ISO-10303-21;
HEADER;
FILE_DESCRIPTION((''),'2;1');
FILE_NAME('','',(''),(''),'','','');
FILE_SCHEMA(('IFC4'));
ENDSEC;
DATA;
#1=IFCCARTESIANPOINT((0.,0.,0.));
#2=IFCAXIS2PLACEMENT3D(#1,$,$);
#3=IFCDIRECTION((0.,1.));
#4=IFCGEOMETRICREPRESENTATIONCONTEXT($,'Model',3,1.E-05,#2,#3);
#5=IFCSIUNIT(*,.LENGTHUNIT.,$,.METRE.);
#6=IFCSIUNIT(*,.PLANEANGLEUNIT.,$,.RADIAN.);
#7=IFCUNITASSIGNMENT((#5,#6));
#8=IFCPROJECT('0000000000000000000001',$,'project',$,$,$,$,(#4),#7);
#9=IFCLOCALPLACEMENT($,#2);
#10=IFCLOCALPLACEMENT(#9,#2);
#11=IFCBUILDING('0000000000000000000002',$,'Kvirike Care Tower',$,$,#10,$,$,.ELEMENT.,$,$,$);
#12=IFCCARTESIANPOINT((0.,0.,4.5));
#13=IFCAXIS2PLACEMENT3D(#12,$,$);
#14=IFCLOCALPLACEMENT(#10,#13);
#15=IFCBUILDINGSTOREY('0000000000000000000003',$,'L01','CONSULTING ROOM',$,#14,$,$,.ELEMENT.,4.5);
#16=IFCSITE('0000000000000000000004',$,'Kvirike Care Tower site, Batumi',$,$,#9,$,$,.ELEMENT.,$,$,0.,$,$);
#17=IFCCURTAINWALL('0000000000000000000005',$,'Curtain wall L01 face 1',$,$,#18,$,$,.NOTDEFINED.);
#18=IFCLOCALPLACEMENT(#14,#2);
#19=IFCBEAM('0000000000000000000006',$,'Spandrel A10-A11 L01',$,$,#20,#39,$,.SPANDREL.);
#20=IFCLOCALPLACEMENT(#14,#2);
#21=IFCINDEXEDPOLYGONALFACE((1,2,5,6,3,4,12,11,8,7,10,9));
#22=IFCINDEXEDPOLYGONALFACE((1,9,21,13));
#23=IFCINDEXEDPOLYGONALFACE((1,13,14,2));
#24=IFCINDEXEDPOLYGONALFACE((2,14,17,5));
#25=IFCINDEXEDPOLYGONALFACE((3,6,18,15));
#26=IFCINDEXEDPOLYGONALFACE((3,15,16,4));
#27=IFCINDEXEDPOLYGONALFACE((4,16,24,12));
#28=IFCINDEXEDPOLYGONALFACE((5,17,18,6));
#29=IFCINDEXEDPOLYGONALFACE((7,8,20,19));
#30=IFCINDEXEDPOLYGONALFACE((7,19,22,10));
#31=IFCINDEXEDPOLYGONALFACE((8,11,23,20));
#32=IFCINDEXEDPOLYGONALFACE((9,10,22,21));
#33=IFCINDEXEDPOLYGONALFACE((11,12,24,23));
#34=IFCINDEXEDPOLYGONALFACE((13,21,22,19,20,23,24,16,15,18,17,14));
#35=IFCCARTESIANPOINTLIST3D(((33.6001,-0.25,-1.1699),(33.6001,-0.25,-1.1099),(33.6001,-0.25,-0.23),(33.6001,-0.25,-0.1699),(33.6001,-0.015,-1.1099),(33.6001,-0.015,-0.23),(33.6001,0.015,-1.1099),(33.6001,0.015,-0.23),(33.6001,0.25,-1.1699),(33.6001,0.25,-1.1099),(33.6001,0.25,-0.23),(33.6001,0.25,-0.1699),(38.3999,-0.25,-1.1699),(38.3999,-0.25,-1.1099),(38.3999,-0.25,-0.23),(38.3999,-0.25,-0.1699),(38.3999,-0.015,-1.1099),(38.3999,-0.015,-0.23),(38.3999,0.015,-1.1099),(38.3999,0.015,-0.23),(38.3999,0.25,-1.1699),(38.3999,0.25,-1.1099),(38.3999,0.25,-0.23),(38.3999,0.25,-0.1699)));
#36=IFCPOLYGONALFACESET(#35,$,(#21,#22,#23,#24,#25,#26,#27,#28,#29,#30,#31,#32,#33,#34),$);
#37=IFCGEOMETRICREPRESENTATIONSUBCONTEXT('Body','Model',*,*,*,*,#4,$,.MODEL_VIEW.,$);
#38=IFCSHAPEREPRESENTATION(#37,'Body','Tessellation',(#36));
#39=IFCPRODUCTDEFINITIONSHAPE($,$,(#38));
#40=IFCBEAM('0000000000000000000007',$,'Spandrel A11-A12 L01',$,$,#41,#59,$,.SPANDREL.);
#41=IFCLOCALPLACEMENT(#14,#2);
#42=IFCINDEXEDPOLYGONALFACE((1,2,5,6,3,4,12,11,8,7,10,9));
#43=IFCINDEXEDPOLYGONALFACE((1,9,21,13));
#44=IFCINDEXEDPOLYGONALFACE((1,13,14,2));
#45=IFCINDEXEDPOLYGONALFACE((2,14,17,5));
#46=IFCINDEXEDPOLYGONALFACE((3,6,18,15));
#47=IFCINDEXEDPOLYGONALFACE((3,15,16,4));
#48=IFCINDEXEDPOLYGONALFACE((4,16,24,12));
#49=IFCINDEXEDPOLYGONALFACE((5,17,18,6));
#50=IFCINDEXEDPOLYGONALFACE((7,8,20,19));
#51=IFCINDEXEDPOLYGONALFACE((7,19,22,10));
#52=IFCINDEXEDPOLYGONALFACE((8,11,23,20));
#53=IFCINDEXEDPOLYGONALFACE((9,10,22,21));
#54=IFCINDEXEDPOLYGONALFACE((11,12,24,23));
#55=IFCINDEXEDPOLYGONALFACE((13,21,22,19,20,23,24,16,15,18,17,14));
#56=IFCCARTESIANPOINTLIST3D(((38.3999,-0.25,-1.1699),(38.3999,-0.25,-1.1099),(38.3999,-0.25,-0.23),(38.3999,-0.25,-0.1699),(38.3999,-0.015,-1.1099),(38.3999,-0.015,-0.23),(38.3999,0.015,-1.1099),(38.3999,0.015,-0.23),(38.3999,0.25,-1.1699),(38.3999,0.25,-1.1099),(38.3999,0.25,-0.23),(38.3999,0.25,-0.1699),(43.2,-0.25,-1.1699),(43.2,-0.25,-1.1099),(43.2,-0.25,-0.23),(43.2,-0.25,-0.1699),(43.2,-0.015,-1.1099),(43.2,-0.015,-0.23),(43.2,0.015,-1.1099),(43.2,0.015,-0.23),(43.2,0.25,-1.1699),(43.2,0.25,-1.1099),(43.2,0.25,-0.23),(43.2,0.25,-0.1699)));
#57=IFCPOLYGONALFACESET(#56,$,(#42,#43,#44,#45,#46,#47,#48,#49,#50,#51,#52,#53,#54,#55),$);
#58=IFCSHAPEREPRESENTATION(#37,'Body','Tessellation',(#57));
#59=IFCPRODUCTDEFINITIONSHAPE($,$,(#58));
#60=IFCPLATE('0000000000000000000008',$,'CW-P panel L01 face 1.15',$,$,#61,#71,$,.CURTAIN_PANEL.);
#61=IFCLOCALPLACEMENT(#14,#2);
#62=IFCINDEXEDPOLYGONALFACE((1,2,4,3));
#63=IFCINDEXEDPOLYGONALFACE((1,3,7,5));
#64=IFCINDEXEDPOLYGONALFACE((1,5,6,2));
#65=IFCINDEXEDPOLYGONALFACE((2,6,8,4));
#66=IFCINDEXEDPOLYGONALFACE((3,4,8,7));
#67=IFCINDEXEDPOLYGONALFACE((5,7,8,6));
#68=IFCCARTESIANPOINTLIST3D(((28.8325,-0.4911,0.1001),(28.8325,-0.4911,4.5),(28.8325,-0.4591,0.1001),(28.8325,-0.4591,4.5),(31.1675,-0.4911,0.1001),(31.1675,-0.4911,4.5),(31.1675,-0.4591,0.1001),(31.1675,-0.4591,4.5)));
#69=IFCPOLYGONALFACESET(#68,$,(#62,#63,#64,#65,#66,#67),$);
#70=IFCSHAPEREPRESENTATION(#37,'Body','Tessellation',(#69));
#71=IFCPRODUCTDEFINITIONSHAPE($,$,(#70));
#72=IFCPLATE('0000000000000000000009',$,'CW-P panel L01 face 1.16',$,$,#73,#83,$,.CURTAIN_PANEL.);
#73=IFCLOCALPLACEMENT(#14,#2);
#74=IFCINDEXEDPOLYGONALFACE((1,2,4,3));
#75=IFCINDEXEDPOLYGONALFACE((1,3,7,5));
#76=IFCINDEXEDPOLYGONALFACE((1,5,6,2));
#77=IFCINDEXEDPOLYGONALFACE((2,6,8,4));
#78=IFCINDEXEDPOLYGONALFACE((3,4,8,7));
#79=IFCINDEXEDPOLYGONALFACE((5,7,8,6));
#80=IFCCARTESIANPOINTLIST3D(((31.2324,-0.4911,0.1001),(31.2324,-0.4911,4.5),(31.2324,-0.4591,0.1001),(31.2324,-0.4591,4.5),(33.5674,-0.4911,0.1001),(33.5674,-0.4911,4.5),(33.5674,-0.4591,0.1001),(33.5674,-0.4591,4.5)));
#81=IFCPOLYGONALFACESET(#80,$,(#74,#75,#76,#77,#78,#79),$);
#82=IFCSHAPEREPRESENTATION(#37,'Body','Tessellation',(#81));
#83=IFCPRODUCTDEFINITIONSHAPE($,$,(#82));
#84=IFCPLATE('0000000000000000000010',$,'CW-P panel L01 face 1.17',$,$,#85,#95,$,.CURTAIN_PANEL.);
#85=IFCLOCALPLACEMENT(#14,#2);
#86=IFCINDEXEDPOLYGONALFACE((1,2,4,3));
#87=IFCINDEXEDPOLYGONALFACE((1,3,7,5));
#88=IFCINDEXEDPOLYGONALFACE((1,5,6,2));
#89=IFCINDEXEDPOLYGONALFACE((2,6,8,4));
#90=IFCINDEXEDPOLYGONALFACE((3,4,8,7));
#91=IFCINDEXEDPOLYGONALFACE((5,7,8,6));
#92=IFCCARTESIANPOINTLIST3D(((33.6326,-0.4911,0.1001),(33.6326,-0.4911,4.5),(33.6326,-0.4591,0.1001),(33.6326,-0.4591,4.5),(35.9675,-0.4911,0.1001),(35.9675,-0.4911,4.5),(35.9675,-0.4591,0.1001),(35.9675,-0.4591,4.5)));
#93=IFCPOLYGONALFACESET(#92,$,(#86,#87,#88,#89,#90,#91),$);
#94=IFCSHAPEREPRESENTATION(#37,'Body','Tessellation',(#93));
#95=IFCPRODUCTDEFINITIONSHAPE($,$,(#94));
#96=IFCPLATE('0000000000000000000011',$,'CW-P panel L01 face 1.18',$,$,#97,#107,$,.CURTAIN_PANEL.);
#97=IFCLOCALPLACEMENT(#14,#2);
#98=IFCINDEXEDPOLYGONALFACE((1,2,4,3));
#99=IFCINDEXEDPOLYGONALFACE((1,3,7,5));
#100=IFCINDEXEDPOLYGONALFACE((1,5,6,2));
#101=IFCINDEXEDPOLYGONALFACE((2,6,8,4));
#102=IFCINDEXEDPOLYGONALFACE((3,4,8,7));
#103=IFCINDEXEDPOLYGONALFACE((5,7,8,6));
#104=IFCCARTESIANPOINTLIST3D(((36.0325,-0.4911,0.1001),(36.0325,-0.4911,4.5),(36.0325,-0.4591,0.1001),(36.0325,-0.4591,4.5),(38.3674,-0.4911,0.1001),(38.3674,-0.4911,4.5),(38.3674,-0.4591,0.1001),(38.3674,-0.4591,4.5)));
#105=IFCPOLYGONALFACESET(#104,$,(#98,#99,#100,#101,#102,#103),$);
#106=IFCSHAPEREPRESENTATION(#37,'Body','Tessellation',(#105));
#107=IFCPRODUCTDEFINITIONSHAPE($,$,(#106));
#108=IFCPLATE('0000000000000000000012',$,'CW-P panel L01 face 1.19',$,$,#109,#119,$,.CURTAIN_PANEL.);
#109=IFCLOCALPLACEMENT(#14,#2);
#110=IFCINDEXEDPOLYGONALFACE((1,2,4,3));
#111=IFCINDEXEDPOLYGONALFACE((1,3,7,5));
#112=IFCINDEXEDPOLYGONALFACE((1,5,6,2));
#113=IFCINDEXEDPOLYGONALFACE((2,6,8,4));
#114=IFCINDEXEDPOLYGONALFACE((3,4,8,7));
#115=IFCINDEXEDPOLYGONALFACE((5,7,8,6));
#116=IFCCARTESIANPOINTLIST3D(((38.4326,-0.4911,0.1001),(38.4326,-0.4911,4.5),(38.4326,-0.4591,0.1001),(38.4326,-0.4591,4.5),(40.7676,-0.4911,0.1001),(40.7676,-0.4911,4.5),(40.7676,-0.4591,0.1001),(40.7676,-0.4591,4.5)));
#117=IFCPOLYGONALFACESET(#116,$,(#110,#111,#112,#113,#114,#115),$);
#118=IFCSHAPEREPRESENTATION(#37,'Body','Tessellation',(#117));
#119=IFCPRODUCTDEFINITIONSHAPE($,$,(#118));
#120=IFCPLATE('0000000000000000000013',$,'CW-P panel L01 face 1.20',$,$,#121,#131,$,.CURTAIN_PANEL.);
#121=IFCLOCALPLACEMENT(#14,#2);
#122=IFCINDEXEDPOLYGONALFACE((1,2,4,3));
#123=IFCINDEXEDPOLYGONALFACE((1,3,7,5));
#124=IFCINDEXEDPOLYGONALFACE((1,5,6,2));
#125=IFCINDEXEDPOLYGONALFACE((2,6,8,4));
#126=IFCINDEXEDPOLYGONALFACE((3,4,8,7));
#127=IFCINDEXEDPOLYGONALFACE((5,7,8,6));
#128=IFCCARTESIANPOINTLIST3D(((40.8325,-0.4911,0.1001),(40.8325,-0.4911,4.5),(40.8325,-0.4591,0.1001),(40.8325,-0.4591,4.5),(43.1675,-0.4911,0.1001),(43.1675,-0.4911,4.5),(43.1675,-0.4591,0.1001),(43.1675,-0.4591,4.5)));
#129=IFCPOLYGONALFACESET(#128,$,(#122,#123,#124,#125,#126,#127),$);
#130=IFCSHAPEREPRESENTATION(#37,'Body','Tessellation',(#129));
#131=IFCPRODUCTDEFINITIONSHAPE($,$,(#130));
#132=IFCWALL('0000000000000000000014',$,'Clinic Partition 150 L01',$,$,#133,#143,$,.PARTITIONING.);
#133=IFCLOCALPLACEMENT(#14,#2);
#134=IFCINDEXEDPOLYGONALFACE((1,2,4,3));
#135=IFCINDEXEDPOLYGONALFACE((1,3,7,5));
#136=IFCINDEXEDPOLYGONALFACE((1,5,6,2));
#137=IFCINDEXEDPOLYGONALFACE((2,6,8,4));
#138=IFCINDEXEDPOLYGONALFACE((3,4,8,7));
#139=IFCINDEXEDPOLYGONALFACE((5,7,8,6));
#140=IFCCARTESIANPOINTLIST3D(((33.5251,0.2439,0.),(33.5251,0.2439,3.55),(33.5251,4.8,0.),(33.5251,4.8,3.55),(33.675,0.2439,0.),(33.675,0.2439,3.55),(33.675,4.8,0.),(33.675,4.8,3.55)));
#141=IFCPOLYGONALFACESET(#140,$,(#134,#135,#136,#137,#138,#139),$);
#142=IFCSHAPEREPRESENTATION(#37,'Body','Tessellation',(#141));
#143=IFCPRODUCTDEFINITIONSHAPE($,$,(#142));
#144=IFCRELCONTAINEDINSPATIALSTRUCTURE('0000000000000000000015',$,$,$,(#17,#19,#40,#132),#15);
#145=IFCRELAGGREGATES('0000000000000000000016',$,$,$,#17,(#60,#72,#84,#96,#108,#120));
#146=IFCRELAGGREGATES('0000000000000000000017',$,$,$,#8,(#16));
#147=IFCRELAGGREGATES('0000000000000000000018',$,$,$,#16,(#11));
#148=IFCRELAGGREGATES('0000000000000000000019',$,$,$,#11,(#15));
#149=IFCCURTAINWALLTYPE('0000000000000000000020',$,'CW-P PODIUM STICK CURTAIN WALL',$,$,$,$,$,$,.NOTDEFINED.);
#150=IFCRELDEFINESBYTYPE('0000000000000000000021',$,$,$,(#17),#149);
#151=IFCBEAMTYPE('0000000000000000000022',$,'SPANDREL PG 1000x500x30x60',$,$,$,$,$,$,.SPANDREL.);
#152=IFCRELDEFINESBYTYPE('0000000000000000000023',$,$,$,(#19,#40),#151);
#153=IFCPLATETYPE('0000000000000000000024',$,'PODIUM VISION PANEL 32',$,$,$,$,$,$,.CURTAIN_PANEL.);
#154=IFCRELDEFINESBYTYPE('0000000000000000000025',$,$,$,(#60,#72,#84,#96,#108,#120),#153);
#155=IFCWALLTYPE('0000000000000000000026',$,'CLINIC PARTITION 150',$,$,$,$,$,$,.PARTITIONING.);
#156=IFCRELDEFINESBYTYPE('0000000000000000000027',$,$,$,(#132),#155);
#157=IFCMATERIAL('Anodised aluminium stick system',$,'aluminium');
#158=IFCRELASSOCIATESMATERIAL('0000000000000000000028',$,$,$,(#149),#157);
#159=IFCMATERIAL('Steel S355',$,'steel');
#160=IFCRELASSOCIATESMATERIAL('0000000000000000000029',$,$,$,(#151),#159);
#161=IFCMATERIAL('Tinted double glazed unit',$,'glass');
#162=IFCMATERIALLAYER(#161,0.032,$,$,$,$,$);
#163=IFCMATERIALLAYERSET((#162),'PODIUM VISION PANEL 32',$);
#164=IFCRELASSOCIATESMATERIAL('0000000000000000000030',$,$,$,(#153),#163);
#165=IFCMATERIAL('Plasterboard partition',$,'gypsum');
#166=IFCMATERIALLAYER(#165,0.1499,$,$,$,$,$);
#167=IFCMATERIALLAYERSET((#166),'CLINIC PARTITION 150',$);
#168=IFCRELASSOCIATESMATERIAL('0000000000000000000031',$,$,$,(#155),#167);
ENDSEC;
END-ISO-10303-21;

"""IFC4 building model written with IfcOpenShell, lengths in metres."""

from ifc_helpers import new_model, si_unit, direction, frame, frame_2d, origin, origin_2d, place, context, subcontext, project, spatial, rectangle, i_section, extrude, material, layer, layer_set, material_profile, profile_set, type_object, element, aggregate, save


model = new_model("IFC4")

# Units and contexts
model_context = context("Model", 3, precision=1e-05, world=origin(), true_north=direction((0.0, 1.0)))
body_context = subcontext(model_context, "Body", "Model", "MODEL_VIEW")
ifc_project = project(units=[si_unit("LENGTHUNIT", "METRE"), si_unit("PLANEANGLEUNIT", "RADIAN")], contexts=[model_context])

# Site, building, storey
site_placement = place(None, origin())
site = spatial("IfcSite", under=ifc_project, at=site_placement, Name="Kvirike Care Tower site, Batumi", CompositionType="ELEMENT", RefElevation=0.0)
building_placement = place(site_placement, origin())
building = spatial("IfcBuilding", under=site, at=building_placement, Name="Kvirike Care Tower", CompositionType="ELEMENT")
storey_placement = place(building_placement, frame((0.0, 0.0, 4.5)))
storey = spatial("IfcBuildingStorey", under=building, at=storey_placement, Name="L01", Description="CONSULTING ROOM", CompositionType="ELEMENT", Elevation=4.5)

# Curtain wall
ifc_material_1 = material(Name="Anodised aluminium stick system", Category="aluminium")
curtain_wall_type = type_object("IfcCurtainWallType", Name="CW-P PODIUM STICK CURTAIN WALL", PredefinedType="NOTDEFINED", material=ifc_material_1)
curtain_wall_placement = place(storey_placement, origin())
curtain_wall = element("IfcCurtainWall", 1, at=curtain_wall_placement, inside=storey, type_object=curtain_wall_type, Name="Curtain wall L01 face 1", PredefinedType="NOTDEFINED")

# Beams
ifc_material_2 = material(Name="Steel S355", Category="steel")
ifc_material_profile_1 = material_profile(ifc_material_2, i_section(OverallWidth=0.5, OverallDepth=1.0, WebThickness=0.03, FlangeThickness=0.0601, at=origin_2d()), Name="PG 1000x500x30x60")
ifc_profile_set_1 = profile_set([ifc_material_profile_1], Name="Steel S355")
beam_type_1 = type_object("IfcBeamType", Name="SPANDREL PG 1000x500x30x60", PredefinedType="SPANDREL", material=ifc_profile_set_1)
beam_1_placement = place(storey_placement, frame((33.6001, 0.0, -0.6699), z_axis=(1.0, 0.0, 0.0), x_axis=(0.0, 1.0, 0.0)))
element("IfcBeam", 2, at=beam_1_placement, inside=storey, type_object=beam_type_1, Name="Spandrel A10-A11 L01", PredefinedType="SPANDREL", context=body_context, shape_type="SweptSolid", body=[
    extrude(i_section(OverallWidth=0.5, OverallDepth=1.0, WebThickness=0.03, FlangeThickness=0.0601, at=origin_2d()), origin(), (0.0, 0.0, 1.0), 4.7998),
])
beam_2_placement = place(storey_placement, frame((38.3999, 0.0, -0.6699), z_axis=(1.0, 0.0, 0.0), x_axis=(0.0, 1.0, 0.0)))
element("IfcBeam", 3, at=beam_2_placement, inside=storey, type_object=beam_type_1, Name="Spandrel A11-A12 L01", PredefinedType="SPANDREL", context=body_context, shape_type="SweptSolid", body=[
    extrude(i_section(OverallWidth=0.5, OverallDepth=1.0, WebThickness=0.03, FlangeThickness=0.0601, at=origin_2d()), origin(), (0.0, 0.0, 1.0), 4.8),
])

# Plates
ifc_material_3 = material(Name="Tinted double glazed unit", Category="glass")
ifc_layer_1 = layer(ifc_material_3, 0.032)
ifc_layer_set_1 = layer_set([ifc_layer_1], Name="PODIUM VISION PANEL 32")
plate_type = type_object("IfcPlateType", Name="PODIUM VISION PANEL 32", PredefinedType="CURTAIN_PANEL", material=ifc_layer_set_1)
plate_1_placement = place(storey_placement, frame((30.0, -0.4751, 0.1001), z_axis=(0.0, 0.0, 1.0), x_axis=(1.0, 0.0, 0.0)))
plate_1 = element("IfcPlate", 4, at=plate_1_placement, type_object=plate_type, Name="CW-P panel L01 face 1.15", PredefinedType="CURTAIN_PANEL", context=body_context, shape_type="SweptSolid", body=[
    extrude(rectangle(XDim=2.335, YDim=0.032, at=origin_2d()), origin(), (0.0, 0.0, 1.0), 4.3999),
])
plate_2_placement = place(storey_placement, frame((32.3999, -0.4751, 0.1001), z_axis=(0.0, 0.0, 1.0), x_axis=(1.0, 0.0, 0.0)))
plate_2 = element("IfcPlate", 5, at=plate_2_placement, type_object=plate_type, Name="CW-P panel L01 face 1.16", PredefinedType="CURTAIN_PANEL", context=body_context, shape_type="SweptSolid", body=[
    extrude(rectangle(XDim=2.335, YDim=0.032, at=origin_2d()), origin(), (0.0, 0.0, 1.0), 4.3999),
])
plate_3_placement = place(storey_placement, frame((34.8, -0.4751, 0.1001), z_axis=(0.0, 0.0, 1.0), x_axis=(1.0, 0.0, 0.0)))
plate_3 = element("IfcPlate", 6, at=plate_3_placement, type_object=plate_type, Name="CW-P panel L01 face 1.17", PredefinedType="CURTAIN_PANEL", context=body_context, shape_type="SweptSolid", body=[
    extrude(rectangle(XDim=2.335, YDim=0.032, at=origin_2d()), origin(), (0.0, 0.0, 1.0), 4.3999),
])
plate_4_placement = place(storey_placement, frame((37.2, -0.4751, 0.1001), z_axis=(0.0, 0.0, 1.0), x_axis=(1.0, 0.0, 0.0)))
plate_4 = element("IfcPlate", 7, at=plate_4_placement, type_object=plate_type, Name="CW-P panel L01 face 1.18", PredefinedType="CURTAIN_PANEL", context=body_context, shape_type="SweptSolid", body=[
    extrude(rectangle(XDim=2.335, YDim=0.032, at=origin_2d()), origin(), (0.0, 0.0, 1.0), 4.3999),
])
plate_5_placement = place(storey_placement, frame((39.6001, -0.4751, 0.1001), z_axis=(0.0, 0.0, 1.0), x_axis=(1.0, 0.0, 0.0)))
plate_5 = element("IfcPlate", 8, at=plate_5_placement, type_object=plate_type, Name="CW-P panel L01 face 1.19", PredefinedType="CURTAIN_PANEL", context=body_context, shape_type="SweptSolid", body=[
    extrude(rectangle(XDim=2.335, YDim=0.032, at=origin_2d()), origin(), (0.0, 0.0, 1.0), 4.3999),
])
plate_6_placement = place(storey_placement, frame((42.0, -0.4751, 0.1001), z_axis=(0.0, 0.0, 1.0), x_axis=(1.0, 0.0, 0.0)))
plate_6 = element("IfcPlate", 9, at=plate_6_placement, type_object=plate_type, Name="CW-P panel L01 face 1.20", PredefinedType="CURTAIN_PANEL", context=body_context, shape_type="SweptSolid", body=[
    extrude(rectangle(XDim=2.335, YDim=0.032, at=origin_2d()), origin(), (0.0, 0.0, 1.0), 4.3999),
])
aggregate(curtain_wall, [plate_1, plate_2, plate_3, plate_4, plate_5, plate_6])

# Wall
ifc_material_4 = material(Name="Plasterboard partition", Category="gypsum")
ifc_layer_2 = layer(ifc_material_4, 0.1499)
ifc_layer_set_2 = layer_set([ifc_layer_2], Name="CLINIC PARTITION 150")
wall_type = type_object("IfcWallType", Name="CLINIC PARTITION 150", PredefinedType="PARTITIONING", material=ifc_layer_set_2)
wall_placement = place(storey_placement, frame((33.6001, 0.2439, 0.0), z_axis=(0.0, 0.0, 1.0), x_axis=(0.0, 1.0, 0.0)))
element("IfcWall", 10, at=wall_placement, inside=storey, type_object=wall_type, Name="Clinic Partition 150 L01", PredefinedType="PARTITIONING", context=body_context, shape_type="SweptSolid", body=[
    extrude(rectangle(XDim=4.5562, YDim=0.1499, at=frame_2d((2.2781, 0.0))), origin(), (0.0, 0.0, 1.0), 3.55),
])

save(model, "model.ifc")
